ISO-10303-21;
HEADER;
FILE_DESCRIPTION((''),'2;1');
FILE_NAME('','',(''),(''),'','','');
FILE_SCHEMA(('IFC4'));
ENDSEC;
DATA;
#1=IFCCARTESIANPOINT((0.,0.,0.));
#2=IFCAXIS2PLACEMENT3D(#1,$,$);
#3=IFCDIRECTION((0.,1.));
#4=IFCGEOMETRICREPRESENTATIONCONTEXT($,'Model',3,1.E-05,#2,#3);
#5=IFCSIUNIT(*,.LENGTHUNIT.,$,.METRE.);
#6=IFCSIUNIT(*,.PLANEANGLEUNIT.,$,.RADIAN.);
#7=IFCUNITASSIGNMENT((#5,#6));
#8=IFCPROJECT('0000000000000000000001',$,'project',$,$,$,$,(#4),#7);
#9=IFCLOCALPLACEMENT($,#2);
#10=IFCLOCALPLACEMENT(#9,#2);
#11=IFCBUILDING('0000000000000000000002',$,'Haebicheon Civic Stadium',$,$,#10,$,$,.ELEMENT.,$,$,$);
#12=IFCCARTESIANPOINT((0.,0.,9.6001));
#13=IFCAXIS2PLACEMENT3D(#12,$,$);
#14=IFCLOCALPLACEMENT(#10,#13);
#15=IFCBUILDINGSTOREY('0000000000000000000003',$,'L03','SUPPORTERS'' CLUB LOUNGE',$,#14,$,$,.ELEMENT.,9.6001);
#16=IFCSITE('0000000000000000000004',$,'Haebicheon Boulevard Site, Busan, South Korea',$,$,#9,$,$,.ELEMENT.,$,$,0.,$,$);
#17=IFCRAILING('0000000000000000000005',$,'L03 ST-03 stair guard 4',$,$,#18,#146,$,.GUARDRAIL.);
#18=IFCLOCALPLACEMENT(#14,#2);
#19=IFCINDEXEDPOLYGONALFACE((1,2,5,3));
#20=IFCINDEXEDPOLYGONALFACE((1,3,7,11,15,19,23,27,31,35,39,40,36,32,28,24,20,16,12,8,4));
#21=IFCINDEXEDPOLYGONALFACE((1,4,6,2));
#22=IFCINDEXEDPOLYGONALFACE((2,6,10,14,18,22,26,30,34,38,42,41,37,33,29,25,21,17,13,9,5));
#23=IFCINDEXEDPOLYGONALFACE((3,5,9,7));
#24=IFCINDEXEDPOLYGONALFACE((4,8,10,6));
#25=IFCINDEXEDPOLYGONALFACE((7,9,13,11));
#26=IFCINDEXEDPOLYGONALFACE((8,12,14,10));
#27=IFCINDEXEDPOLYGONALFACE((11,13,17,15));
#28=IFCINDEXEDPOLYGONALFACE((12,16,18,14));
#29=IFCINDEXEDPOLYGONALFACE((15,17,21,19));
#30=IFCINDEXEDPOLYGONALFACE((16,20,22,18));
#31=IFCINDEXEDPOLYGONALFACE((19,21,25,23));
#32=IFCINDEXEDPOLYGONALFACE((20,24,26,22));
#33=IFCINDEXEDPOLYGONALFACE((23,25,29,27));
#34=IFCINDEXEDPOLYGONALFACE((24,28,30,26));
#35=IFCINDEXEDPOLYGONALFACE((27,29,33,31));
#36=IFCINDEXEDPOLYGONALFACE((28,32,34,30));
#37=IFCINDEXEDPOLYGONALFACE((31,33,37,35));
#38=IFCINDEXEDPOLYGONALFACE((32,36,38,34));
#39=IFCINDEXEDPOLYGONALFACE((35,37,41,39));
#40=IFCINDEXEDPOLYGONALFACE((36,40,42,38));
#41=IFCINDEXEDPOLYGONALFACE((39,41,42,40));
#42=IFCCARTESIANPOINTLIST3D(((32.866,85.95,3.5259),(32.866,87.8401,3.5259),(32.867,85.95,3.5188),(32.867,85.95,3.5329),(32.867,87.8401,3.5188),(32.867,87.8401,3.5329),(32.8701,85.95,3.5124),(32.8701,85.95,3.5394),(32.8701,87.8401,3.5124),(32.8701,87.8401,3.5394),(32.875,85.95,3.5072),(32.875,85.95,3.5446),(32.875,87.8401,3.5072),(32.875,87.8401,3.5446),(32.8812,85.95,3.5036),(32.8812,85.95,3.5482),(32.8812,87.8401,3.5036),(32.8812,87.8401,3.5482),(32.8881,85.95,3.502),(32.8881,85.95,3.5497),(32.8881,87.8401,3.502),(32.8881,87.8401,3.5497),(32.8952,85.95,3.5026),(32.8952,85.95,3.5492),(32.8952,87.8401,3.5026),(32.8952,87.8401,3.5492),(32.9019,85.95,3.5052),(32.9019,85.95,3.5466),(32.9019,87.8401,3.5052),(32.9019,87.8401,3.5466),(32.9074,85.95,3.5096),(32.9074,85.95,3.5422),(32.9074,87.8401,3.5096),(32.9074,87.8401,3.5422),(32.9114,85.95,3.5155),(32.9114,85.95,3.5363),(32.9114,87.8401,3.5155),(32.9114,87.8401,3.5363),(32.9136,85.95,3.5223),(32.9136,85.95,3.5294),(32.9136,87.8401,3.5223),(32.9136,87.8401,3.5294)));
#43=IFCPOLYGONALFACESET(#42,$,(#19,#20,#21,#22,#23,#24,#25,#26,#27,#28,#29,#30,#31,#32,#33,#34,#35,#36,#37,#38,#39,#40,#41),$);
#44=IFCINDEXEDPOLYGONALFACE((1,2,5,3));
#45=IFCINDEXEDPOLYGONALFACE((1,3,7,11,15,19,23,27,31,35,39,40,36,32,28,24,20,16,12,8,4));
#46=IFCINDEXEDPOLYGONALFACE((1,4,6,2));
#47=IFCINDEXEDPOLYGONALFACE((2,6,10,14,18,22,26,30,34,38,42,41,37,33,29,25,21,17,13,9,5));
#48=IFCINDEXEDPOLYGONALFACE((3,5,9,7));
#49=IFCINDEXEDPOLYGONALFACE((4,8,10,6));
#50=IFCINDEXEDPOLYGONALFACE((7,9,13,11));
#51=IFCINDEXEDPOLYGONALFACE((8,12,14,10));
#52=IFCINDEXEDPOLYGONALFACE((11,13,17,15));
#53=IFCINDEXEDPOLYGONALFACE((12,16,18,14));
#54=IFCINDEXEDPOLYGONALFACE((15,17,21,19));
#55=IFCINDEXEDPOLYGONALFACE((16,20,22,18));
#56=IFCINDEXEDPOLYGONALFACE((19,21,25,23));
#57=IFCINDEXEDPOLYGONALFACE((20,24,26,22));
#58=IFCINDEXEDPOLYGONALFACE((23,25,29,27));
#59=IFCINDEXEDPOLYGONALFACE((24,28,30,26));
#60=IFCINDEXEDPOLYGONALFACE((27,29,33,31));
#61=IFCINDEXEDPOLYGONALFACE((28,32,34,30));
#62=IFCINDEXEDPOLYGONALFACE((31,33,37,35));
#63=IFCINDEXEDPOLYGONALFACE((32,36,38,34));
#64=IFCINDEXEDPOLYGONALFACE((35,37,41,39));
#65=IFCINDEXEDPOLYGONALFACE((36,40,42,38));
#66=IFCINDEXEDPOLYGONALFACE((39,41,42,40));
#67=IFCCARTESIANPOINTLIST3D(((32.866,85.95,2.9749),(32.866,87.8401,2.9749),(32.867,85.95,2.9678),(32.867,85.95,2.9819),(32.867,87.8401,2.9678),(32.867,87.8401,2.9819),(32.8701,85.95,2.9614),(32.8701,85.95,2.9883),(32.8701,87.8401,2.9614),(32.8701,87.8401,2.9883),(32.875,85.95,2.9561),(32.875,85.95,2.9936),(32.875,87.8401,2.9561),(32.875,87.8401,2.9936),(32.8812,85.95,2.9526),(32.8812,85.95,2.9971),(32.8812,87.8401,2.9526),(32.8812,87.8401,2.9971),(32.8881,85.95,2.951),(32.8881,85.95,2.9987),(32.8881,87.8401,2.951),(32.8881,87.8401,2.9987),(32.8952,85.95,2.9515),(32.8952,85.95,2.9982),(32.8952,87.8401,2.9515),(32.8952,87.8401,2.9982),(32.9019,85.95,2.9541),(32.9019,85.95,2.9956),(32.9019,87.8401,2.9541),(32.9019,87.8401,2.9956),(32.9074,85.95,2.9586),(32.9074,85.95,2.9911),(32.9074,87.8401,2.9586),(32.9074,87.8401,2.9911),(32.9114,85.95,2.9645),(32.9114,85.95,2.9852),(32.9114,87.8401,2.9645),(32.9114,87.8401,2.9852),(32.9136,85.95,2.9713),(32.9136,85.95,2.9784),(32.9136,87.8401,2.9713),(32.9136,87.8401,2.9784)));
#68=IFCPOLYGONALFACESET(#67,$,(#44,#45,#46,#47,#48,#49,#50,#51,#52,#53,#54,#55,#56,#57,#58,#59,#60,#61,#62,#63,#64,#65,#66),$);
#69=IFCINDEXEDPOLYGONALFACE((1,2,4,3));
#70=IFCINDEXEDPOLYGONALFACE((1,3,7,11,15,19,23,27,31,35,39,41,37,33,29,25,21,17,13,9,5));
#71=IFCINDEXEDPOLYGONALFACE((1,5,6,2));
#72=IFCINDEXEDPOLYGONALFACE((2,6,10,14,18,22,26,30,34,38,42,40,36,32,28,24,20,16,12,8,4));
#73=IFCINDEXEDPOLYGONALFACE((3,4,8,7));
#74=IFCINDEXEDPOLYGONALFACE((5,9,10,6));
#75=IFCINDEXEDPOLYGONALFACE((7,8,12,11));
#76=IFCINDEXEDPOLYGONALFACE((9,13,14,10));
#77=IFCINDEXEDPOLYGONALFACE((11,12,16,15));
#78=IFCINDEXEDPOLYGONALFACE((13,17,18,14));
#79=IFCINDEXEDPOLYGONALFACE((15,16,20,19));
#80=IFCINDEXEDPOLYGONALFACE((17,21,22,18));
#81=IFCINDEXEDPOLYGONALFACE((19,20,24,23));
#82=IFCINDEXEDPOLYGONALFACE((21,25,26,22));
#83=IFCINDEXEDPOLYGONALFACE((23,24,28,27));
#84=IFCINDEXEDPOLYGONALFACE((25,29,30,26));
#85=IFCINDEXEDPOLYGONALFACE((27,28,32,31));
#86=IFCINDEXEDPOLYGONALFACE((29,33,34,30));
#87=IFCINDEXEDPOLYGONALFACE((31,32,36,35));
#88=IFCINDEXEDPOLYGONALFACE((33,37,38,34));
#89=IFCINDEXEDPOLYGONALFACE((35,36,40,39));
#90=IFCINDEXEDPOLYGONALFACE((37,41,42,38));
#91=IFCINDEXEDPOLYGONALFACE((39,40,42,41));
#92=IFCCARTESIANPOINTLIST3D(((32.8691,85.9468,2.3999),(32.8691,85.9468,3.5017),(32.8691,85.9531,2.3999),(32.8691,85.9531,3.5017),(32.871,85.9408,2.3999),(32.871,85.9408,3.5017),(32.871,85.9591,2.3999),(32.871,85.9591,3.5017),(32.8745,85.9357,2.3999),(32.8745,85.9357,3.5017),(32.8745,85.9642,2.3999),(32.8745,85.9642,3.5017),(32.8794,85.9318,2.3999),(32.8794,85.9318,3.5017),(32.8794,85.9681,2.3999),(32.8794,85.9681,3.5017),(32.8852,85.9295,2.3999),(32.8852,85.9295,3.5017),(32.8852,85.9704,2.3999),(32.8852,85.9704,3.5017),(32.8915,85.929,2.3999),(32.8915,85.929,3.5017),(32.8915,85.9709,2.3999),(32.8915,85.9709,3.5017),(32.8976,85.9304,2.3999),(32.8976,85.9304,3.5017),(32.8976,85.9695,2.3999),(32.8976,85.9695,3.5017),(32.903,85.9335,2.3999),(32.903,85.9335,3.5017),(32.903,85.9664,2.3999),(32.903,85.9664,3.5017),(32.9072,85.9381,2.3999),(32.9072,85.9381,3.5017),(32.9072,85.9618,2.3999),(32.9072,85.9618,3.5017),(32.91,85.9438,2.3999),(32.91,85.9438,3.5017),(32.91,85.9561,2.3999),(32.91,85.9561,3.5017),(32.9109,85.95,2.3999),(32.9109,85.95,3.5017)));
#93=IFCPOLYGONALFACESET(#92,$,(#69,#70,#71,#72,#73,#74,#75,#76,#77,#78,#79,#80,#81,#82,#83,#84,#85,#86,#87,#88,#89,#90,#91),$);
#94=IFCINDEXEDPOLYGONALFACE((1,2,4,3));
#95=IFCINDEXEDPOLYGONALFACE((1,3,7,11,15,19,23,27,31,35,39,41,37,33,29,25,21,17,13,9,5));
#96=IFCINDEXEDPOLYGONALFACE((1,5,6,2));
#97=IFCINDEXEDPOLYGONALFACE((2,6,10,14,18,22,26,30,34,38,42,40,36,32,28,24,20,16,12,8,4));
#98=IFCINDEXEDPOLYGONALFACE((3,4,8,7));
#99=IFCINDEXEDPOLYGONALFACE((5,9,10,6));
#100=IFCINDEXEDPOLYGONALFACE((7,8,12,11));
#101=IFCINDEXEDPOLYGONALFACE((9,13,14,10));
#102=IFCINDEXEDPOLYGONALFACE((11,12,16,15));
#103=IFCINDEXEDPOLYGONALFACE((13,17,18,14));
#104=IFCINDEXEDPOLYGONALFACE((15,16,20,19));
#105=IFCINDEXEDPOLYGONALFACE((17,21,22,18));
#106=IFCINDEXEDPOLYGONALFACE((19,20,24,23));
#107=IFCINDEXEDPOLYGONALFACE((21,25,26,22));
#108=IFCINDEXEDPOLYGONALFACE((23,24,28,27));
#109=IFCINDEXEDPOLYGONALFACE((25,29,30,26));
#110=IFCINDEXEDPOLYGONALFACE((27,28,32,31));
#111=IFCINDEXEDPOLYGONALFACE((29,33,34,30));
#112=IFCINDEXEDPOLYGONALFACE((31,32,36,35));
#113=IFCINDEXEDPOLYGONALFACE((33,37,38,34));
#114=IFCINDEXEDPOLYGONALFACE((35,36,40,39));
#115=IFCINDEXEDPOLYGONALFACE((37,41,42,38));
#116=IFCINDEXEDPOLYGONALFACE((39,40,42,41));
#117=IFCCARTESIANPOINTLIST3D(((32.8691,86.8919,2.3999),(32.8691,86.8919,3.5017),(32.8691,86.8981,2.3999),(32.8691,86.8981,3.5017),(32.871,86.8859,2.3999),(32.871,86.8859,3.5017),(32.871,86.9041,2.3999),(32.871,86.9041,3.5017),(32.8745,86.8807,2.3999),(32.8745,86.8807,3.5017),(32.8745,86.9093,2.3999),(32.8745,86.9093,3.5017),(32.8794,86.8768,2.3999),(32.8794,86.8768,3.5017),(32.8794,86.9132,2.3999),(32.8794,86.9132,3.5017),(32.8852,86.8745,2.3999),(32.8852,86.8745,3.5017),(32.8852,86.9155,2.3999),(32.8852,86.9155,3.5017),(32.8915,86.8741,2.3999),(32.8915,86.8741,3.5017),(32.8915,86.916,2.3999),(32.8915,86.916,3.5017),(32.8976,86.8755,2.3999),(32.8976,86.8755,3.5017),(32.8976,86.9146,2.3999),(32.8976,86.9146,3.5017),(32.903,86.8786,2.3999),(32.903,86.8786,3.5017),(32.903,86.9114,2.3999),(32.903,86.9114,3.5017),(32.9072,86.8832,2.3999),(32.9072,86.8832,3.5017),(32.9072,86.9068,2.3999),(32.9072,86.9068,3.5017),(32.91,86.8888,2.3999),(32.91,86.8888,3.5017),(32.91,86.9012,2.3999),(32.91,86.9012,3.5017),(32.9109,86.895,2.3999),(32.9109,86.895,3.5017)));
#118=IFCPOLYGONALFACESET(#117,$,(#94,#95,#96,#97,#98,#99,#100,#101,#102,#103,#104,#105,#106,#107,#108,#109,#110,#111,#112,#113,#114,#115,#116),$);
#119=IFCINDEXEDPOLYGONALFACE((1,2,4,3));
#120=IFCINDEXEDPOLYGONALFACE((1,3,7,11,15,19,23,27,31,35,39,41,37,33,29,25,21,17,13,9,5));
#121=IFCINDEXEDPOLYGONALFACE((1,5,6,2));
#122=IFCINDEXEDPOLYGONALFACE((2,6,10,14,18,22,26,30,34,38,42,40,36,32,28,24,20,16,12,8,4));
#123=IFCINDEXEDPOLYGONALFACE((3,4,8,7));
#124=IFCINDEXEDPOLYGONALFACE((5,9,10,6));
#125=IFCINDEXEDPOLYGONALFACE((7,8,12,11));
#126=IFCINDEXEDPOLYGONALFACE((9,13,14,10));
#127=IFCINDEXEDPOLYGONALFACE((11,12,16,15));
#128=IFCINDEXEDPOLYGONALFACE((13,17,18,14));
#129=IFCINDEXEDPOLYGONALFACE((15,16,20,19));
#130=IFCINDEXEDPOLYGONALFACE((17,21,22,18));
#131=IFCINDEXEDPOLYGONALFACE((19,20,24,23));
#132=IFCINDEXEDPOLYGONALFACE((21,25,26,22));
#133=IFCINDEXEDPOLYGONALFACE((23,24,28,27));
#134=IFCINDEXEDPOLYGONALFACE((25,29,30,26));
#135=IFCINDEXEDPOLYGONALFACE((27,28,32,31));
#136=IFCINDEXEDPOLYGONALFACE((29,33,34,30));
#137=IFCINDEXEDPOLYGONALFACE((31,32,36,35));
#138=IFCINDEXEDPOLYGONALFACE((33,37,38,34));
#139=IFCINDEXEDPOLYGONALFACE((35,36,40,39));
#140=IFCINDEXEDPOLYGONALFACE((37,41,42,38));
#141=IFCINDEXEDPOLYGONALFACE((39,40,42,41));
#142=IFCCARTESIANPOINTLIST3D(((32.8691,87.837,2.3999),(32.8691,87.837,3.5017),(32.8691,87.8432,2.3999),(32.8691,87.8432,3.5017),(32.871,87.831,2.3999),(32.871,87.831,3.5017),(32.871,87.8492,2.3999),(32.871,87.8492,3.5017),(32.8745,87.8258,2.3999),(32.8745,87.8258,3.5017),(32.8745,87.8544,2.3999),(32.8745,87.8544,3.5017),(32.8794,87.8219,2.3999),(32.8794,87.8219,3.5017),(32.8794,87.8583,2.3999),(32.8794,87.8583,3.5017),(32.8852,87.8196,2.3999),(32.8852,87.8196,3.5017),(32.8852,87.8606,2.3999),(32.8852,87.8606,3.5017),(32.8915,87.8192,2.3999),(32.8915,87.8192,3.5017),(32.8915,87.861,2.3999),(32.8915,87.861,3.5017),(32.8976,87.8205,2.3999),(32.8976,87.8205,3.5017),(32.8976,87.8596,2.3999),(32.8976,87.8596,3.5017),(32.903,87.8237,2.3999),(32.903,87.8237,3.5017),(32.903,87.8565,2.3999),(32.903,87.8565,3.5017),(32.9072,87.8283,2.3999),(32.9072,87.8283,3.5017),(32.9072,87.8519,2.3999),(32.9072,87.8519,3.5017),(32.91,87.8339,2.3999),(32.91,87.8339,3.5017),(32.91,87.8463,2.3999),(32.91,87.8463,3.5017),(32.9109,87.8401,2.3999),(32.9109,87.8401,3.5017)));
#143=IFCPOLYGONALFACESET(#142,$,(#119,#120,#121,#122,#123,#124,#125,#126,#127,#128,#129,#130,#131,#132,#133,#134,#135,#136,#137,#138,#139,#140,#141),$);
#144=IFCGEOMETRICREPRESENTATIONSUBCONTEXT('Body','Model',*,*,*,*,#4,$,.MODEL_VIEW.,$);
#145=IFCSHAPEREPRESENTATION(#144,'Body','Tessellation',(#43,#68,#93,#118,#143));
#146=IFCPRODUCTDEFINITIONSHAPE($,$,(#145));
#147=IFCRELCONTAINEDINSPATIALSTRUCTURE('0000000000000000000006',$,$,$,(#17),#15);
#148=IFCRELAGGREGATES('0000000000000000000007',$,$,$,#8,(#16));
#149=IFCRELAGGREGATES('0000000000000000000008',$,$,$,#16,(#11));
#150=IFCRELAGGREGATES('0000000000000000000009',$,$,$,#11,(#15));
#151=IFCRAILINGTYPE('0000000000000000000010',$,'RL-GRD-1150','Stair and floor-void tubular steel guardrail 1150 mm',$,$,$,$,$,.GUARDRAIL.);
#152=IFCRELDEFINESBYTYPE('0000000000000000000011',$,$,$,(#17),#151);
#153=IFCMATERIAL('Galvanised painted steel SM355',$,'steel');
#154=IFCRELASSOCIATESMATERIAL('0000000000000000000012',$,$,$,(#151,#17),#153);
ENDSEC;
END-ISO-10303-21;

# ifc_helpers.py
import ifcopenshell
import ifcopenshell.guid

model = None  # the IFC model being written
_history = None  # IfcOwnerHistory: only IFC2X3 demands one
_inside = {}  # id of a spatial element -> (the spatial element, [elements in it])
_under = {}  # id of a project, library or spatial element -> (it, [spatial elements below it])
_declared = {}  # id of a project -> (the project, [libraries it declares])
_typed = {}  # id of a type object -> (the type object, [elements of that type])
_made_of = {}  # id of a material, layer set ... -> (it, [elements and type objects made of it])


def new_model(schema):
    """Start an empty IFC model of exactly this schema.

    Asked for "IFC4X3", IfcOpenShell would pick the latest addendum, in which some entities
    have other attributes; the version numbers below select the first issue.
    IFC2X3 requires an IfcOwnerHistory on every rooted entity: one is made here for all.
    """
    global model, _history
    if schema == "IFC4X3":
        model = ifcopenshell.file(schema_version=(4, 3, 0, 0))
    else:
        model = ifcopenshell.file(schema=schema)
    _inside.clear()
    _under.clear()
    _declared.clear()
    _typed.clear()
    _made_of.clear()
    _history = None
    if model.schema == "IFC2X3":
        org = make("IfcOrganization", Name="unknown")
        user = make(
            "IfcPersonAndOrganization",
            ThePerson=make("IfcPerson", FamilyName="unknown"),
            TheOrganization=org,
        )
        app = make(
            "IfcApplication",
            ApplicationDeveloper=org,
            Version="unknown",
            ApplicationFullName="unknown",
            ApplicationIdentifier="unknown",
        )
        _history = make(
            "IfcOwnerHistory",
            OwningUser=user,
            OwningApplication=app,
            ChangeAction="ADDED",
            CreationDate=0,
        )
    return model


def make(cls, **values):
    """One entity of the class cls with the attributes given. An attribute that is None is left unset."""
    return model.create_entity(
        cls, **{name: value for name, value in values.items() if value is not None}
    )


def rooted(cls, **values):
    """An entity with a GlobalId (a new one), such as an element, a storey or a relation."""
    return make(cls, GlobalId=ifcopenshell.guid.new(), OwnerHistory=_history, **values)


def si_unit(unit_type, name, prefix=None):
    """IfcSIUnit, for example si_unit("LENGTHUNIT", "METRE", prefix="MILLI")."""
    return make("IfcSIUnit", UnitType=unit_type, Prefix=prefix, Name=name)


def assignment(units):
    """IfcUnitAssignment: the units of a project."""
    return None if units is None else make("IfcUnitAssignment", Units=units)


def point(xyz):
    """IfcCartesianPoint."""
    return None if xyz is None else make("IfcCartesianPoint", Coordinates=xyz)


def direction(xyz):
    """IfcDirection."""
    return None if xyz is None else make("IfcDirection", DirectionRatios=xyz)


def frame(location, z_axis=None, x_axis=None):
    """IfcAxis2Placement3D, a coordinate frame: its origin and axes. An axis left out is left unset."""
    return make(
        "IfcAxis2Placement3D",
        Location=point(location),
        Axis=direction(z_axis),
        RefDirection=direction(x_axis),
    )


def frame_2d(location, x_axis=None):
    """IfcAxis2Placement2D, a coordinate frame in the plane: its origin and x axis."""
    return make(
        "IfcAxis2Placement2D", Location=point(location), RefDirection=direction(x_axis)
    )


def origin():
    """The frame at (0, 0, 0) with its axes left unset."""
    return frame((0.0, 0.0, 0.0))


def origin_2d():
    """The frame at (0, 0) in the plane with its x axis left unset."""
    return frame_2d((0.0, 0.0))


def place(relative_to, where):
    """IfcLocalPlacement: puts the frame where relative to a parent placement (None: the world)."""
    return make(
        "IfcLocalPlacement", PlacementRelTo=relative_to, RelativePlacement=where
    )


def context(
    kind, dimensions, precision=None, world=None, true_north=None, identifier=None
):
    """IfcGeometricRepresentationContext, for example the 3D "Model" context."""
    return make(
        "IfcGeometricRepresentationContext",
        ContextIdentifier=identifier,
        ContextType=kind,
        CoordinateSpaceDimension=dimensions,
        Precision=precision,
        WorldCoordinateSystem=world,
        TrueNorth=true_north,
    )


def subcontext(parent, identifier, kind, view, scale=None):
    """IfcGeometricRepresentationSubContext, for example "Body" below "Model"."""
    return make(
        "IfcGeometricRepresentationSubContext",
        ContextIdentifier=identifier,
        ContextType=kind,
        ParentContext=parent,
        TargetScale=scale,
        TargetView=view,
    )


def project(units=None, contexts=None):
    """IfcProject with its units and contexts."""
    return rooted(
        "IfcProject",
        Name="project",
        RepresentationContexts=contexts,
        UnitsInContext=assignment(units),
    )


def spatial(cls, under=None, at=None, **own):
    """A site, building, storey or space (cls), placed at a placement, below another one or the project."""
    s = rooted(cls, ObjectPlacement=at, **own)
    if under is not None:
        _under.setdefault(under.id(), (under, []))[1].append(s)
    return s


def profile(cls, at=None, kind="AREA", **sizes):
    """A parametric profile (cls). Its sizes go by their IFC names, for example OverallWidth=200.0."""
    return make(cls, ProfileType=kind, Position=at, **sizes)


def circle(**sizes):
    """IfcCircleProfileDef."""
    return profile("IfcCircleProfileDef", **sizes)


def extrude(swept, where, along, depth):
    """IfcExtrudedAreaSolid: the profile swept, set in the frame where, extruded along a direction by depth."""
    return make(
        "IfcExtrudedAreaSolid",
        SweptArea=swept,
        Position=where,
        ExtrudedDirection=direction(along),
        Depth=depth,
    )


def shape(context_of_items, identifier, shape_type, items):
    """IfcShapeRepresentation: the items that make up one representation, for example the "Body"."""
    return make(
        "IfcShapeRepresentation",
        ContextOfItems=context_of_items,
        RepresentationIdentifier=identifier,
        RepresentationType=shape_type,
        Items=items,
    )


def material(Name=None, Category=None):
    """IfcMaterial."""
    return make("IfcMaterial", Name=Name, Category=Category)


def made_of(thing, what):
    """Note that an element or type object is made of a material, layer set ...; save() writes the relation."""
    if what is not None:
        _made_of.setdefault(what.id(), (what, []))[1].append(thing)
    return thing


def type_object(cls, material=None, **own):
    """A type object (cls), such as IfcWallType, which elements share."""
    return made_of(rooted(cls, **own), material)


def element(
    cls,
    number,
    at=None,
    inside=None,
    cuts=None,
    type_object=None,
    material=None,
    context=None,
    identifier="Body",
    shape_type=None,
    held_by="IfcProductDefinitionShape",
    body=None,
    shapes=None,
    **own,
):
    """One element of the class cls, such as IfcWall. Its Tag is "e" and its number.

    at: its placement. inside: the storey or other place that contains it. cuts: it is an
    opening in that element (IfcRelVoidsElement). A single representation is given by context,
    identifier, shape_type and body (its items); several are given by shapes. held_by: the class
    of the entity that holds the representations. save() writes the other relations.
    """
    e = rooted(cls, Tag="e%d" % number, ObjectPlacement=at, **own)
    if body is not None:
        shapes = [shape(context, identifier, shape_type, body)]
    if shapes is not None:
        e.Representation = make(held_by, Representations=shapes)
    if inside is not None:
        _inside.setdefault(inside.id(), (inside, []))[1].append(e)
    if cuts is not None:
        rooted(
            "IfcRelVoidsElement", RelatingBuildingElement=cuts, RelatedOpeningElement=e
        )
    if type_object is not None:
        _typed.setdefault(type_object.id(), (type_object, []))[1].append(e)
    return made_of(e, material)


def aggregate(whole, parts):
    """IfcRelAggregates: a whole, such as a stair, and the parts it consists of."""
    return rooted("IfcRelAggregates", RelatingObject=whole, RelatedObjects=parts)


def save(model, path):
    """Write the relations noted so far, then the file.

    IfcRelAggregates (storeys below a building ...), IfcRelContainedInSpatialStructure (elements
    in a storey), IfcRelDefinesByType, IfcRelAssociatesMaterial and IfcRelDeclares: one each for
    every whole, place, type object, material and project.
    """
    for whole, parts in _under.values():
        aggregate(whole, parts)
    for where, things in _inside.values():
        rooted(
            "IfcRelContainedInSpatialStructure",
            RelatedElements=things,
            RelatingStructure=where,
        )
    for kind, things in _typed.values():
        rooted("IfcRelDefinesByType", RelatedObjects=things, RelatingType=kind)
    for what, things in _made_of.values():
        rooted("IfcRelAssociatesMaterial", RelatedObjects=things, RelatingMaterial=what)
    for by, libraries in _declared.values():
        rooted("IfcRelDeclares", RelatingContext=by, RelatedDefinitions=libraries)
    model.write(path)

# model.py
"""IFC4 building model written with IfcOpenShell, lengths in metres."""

from ifc_helpers import new_model, si_unit, direction, frame, origin, origin_2d, place, context, subcontext, project, spatial, circle, extrude, material, type_object, element, save


model = new_model("IFC4")

# Units and contexts
model_context = context("Model", 3, precision=1e-05, world=origin(), true_north=direction((0.0, 1.0)))
body_context = subcontext(model_context, "Body", "Model", "MODEL_VIEW")
ifc_project = project(units=[si_unit("LENGTHUNIT", "METRE"), si_unit("PLANEANGLEUNIT", "RADIAN")], contexts=[model_context])

# Site, building, storey
site_placement = place(None, origin())
site = spatial("IfcSite", under=ifc_project, at=site_placement, Name="Haebicheon Boulevard Site, Busan, South Korea", CompositionType="ELEMENT", RefElevation=0.0)
building_placement = place(site_placement, origin())
building = spatial("IfcBuilding", under=site, at=building_placement, Name="Haebicheon Civic Stadium", CompositionType="ELEMENT")
storey_placement = place(building_placement, frame((0.0, 0.0, 9.6001)))
storey = spatial("IfcBuildingStorey", under=building, at=storey_placement, Name="L03", Description="SUPPORTERS' CLUB LOUNGE", CompositionType="ELEMENT", Elevation=9.6001)

# Railing
ifc_material_1 = material(Name="Galvanised painted steel SM355", Category="steel")
railing_type_1 = type_object("IfcRailingType", Name="RL-GRD-1150", Description="Stair and floor-void tubular steel guardrail 1150 mm", PredefinedType="GUARDRAIL", material=ifc_material_1)
for number, where, name in (
    (1, (32.8899, 85.95, 2.3999), "L03 ST-03 stair guard 4"),
):
    element("IfcRailing", number, at=place(storey_placement, frame(where)), inside=storey, type_object=railing_type_1, material=ifc_material_1, Name=name, PredefinedType="GUARDRAIL", context=body_context, shape_type="SweptSolid", body=[
        extrude(circle(Radius=0.0239, at=origin_2d()), frame((0.0, 0.0, 1.126), z_axis=(0.0, 1.0, 0.0), x_axis=(-1.0, 0.0, 0.0)), (0.0, 0.0, 1.0), 1.8901),
        extrude(circle(Radius=0.0239, at=origin_2d()), frame((0.0, 0.0, 0.575), z_axis=(0.0, 1.0, 0.0), x_axis=(-1.0, 0.0, 0.0)), (0.0, 0.0, 1.0), 1.8901),
        extrude(circle(Radius=0.021, at=origin_2d()), origin(), (0.0, 0.0, 1.0), 1.1018),
        extrude(circle(Radius=0.021, at=origin_2d()), frame((0.0, 0.9451, 0.0)), (0.0, 0.0, 1.0), 1.1018),
        extrude(circle(Radius=0.021, at=origin_2d()), frame((0.0, 1.8901, 0.0)), (0.0, 0.0, 1.0), 1.1018),
    ])

save(model, "model.ifc")
